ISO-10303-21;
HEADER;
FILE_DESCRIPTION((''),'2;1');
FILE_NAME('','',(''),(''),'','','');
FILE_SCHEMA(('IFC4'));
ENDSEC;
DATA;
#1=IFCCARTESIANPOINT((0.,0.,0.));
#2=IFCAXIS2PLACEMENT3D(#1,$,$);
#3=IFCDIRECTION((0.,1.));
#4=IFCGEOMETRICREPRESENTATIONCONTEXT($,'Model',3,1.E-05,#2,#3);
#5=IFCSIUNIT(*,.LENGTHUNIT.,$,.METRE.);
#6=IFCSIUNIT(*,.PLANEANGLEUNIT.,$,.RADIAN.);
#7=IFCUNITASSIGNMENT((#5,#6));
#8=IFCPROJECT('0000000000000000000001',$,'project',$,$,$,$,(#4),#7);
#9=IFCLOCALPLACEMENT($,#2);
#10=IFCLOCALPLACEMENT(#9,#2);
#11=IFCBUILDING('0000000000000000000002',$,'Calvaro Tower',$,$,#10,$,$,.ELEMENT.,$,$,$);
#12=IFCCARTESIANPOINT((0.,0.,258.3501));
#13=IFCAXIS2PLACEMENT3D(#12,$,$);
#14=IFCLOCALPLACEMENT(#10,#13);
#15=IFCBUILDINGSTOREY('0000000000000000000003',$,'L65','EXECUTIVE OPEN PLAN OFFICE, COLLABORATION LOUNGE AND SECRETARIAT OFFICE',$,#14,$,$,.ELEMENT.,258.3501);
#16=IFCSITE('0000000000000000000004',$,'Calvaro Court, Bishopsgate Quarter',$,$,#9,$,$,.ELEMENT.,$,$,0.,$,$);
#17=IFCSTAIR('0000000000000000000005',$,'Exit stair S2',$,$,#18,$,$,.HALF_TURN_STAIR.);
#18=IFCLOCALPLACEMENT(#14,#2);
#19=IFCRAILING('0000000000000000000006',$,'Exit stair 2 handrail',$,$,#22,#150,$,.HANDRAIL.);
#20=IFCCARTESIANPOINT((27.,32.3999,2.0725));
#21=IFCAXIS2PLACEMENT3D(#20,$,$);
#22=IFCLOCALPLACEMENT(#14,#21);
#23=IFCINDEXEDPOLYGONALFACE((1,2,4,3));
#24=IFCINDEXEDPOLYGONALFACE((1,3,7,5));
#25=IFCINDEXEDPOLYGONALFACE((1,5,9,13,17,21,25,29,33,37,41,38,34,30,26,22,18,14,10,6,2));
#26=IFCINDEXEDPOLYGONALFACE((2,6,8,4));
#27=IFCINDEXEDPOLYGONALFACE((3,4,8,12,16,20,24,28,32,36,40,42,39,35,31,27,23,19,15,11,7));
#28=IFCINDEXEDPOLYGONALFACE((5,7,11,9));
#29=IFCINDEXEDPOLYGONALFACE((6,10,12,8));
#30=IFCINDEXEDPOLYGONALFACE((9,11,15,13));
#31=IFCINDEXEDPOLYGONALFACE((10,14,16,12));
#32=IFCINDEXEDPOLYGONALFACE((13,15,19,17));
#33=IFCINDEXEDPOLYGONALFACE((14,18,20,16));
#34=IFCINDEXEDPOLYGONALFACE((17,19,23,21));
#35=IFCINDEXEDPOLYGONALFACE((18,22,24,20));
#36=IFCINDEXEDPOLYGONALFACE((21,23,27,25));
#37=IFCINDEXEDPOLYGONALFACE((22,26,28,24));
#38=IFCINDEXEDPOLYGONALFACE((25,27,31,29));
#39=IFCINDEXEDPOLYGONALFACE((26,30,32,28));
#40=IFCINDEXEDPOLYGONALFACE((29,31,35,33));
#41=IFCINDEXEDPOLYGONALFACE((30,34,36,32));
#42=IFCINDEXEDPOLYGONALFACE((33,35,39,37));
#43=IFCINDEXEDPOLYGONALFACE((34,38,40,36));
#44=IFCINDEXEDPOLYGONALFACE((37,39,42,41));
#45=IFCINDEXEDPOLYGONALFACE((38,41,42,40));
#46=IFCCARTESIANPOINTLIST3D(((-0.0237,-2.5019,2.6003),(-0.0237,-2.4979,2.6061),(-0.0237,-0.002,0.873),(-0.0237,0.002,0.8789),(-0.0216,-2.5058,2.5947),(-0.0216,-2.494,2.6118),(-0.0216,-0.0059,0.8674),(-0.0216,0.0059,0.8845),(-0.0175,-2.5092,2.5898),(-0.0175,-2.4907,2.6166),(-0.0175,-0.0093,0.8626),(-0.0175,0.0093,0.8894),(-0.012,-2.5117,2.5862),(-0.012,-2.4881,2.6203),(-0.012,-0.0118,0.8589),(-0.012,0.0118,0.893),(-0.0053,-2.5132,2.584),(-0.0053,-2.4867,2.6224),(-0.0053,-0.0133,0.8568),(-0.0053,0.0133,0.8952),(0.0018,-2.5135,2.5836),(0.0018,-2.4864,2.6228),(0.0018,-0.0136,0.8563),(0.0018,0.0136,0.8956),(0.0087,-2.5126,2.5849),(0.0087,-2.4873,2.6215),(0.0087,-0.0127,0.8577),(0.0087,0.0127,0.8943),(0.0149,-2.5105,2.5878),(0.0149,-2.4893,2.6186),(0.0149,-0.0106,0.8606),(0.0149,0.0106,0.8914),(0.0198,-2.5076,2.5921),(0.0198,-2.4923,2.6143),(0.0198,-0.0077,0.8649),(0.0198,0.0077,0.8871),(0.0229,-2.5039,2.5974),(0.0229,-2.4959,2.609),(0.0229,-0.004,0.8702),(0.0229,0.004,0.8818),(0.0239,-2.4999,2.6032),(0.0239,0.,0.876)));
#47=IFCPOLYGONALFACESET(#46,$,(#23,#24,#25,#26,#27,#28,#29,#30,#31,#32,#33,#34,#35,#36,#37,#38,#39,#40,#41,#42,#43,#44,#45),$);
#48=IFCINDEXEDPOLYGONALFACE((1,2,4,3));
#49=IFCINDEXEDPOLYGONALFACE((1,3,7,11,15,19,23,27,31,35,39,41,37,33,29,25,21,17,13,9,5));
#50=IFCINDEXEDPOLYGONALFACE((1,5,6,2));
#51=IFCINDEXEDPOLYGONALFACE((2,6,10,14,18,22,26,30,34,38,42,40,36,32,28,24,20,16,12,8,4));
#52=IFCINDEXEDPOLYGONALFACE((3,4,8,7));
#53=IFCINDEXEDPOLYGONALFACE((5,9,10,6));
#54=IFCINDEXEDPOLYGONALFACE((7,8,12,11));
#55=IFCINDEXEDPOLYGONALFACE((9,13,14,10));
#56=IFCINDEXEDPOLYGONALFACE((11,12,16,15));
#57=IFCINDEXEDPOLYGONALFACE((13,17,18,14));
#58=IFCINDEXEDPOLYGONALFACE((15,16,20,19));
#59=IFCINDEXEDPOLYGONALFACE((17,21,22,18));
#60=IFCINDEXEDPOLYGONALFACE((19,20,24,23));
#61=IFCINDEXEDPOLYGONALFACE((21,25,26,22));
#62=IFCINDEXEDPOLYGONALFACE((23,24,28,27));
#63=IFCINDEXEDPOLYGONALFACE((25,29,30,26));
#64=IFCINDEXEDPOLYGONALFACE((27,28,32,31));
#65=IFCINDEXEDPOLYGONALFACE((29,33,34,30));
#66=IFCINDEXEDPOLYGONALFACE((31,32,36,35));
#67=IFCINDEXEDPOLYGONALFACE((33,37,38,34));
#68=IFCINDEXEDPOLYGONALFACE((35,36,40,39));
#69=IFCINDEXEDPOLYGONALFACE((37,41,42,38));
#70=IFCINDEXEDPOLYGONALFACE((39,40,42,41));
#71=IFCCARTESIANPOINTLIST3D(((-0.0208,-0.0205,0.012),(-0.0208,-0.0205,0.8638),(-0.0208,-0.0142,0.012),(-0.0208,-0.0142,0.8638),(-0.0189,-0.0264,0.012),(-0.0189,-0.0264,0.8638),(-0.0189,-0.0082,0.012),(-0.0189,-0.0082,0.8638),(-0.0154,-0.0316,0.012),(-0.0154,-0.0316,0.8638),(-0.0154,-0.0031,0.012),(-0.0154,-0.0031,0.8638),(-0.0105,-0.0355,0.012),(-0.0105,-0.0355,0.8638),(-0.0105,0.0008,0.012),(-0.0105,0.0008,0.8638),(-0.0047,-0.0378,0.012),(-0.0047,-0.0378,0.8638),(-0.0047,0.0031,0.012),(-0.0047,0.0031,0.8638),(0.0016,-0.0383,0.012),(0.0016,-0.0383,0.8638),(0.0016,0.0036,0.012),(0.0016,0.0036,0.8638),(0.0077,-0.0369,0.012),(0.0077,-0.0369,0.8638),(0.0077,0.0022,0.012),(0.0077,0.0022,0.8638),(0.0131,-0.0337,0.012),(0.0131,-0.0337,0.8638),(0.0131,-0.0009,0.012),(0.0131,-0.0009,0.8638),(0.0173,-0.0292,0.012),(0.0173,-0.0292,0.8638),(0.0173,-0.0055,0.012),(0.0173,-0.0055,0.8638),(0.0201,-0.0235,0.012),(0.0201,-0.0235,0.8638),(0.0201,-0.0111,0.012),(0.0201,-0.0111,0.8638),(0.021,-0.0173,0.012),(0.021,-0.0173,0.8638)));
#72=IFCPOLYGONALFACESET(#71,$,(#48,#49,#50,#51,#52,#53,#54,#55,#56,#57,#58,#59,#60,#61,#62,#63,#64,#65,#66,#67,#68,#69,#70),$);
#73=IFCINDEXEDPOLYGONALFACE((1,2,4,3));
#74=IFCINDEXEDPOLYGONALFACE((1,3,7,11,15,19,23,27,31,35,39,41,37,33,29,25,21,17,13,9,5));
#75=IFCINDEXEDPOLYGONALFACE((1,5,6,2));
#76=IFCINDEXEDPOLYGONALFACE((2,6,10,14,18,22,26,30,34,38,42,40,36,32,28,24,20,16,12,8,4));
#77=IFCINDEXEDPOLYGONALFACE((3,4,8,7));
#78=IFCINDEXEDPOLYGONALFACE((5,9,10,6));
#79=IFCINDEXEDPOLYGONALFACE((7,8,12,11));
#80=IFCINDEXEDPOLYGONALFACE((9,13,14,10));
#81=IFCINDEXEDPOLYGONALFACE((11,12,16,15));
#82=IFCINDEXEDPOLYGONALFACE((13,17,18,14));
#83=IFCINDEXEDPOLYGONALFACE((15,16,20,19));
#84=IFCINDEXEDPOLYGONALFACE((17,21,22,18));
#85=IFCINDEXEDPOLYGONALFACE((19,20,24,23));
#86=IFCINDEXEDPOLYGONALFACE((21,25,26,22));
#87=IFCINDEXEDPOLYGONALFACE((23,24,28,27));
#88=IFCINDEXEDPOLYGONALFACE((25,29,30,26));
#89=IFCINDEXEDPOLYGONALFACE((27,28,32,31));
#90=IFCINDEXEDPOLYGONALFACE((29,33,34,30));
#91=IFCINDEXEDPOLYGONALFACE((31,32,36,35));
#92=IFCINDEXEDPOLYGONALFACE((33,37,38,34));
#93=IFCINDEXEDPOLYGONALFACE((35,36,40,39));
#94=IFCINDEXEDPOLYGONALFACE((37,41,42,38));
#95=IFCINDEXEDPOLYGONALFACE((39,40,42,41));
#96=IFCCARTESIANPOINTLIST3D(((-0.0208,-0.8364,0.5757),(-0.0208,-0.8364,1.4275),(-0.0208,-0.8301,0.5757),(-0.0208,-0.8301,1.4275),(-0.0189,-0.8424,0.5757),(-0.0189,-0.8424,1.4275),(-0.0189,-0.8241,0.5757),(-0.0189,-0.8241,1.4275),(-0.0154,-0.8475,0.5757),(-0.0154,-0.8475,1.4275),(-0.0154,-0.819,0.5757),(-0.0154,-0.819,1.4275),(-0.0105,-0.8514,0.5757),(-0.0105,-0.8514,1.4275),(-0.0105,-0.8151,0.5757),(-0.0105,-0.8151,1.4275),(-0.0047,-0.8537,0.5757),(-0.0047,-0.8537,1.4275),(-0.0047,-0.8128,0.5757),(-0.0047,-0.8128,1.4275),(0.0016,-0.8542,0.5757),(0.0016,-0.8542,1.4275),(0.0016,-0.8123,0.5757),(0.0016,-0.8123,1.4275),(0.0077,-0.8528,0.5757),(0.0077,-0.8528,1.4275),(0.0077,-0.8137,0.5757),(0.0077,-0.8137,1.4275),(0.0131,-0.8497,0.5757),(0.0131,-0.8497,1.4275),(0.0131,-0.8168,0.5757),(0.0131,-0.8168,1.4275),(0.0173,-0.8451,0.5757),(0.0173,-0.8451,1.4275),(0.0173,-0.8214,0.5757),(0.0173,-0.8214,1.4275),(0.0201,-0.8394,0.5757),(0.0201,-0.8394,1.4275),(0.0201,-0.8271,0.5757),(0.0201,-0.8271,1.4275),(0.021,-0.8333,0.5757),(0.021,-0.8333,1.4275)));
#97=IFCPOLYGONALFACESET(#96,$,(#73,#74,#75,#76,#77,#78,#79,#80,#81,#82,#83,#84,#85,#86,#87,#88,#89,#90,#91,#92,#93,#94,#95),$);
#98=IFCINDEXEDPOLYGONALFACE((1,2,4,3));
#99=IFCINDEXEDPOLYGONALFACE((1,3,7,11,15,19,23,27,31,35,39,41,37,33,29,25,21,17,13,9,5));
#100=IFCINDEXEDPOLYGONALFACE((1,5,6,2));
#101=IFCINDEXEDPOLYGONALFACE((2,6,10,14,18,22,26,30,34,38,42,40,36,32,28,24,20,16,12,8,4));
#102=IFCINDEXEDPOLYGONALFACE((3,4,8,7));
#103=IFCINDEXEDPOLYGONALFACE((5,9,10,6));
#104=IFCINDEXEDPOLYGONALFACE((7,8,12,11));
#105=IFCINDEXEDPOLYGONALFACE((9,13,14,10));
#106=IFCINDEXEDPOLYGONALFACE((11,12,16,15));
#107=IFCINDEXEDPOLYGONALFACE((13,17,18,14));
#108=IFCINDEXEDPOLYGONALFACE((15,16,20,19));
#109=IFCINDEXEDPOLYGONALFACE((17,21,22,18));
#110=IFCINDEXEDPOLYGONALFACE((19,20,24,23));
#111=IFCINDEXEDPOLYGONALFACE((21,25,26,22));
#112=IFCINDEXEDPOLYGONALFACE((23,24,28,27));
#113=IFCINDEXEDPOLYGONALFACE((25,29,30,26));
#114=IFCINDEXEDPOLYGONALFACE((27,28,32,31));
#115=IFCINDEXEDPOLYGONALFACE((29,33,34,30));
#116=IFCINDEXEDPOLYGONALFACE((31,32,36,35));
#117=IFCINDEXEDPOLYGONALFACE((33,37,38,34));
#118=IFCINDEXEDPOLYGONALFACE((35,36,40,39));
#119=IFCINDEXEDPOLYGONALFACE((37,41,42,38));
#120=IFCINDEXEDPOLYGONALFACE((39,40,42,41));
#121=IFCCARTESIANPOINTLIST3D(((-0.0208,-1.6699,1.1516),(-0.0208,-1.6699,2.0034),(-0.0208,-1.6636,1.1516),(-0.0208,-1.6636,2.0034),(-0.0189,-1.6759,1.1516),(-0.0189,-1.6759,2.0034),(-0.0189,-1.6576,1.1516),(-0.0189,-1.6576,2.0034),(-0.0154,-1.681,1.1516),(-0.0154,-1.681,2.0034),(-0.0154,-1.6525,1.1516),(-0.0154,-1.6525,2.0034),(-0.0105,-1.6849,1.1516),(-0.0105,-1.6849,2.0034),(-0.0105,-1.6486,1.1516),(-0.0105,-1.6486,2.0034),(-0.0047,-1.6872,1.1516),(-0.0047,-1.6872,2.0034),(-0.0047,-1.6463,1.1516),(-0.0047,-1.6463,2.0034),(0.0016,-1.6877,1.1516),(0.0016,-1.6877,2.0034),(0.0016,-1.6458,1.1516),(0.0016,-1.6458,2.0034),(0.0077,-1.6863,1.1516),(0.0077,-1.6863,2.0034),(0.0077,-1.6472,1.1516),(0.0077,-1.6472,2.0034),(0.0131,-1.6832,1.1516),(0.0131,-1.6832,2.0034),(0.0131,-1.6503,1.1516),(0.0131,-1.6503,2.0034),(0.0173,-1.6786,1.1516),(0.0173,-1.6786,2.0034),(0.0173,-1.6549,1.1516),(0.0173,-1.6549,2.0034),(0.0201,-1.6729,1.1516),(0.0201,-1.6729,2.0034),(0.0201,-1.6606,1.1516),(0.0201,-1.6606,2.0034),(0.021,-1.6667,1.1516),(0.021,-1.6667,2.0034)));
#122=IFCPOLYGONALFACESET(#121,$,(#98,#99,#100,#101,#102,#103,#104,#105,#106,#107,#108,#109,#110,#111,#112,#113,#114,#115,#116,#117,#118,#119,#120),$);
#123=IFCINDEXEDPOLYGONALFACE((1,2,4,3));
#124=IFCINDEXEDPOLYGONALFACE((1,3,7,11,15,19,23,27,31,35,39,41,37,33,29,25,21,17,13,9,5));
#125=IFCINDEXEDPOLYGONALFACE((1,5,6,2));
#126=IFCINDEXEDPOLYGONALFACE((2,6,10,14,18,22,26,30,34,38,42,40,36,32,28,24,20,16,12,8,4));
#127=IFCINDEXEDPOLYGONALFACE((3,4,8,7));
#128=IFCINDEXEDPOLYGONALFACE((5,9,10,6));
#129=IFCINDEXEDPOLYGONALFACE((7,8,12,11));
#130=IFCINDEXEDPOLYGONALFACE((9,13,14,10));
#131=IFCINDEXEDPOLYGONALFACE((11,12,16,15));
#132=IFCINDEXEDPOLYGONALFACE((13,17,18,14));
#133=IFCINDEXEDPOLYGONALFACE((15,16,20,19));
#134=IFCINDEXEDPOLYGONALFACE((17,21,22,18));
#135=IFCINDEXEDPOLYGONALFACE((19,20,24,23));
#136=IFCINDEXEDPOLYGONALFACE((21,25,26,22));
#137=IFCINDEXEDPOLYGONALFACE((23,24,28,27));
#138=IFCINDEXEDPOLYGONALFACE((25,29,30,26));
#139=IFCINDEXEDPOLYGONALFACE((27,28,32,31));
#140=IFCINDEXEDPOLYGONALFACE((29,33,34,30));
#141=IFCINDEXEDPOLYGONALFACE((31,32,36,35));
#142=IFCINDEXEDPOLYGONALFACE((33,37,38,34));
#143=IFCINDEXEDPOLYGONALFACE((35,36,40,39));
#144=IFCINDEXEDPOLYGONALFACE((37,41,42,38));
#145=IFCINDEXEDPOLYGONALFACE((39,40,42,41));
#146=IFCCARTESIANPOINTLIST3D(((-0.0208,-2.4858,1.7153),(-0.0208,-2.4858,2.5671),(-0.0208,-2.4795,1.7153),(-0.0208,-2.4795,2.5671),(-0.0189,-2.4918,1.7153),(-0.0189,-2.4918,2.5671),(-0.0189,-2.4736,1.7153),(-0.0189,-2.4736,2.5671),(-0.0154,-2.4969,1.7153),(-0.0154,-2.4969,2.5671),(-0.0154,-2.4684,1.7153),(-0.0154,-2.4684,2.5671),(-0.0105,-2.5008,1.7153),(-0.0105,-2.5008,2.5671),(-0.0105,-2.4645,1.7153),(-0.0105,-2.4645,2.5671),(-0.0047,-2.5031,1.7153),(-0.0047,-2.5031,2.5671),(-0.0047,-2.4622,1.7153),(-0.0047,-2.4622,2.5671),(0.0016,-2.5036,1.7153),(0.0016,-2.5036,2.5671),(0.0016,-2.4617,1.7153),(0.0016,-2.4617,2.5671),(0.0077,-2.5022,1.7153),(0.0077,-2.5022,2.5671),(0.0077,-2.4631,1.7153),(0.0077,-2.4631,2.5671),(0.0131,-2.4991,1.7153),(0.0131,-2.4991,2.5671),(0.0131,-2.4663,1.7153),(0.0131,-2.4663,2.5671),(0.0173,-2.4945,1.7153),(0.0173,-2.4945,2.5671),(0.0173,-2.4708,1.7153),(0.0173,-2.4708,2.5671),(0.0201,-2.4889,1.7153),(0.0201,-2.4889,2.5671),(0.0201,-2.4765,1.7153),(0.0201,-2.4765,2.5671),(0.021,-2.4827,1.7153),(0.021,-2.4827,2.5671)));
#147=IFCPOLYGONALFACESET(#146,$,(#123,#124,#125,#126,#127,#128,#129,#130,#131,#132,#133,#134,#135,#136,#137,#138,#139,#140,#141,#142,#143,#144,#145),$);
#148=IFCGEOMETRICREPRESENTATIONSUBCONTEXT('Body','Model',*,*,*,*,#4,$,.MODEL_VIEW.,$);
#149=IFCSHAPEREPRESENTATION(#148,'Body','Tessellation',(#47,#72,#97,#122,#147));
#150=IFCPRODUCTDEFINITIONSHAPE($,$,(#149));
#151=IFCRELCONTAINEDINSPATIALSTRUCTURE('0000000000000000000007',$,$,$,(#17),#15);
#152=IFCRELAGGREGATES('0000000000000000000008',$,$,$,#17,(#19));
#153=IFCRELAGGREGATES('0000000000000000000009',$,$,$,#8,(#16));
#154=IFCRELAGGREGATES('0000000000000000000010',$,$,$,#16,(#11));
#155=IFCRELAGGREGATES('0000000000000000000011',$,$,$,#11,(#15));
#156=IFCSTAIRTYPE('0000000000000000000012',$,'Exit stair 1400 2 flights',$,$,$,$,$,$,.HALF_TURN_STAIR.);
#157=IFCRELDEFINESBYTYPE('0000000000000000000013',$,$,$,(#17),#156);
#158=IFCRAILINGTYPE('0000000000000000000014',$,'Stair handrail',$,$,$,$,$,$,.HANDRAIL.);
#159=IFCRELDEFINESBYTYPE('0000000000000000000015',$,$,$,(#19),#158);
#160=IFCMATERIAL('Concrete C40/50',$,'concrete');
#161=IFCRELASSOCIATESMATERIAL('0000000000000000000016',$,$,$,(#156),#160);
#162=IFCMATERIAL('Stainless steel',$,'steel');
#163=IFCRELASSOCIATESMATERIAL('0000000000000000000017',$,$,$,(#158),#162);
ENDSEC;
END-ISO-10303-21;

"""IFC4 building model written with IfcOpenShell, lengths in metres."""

from ifc_helpers import new_model, si_unit, direction, frame, origin, origin_2d, place, context, subcontext, project, spatial, circle, extrude, material, type_object, element, aggregate, save


model = new_model("IFC4")

# Units and contexts
model_context = context("Model", 3, precision=1e-05, world=origin(), true_north=direction((0.0, 1.0)))
body_context = subcontext(model_context, "Body", "Model", "MODEL_VIEW")
ifc_project = project(units=[si_unit("LENGTHUNIT", "METRE"), si_unit("PLANEANGLEUNIT", "RADIAN")], contexts=[model_context])

# Site, building, storey
site_placement = place(None, origin())
site = spatial("IfcSite", under=ifc_project, at=site_placement, Name="Calvaro Court, Bishopsgate Quarter", CompositionType="ELEMENT", RefElevation=0.0)
building_placement = place(site_placement, origin())
building = spatial("IfcBuilding", under=site, at=building_placement, Name="Calvaro Tower", CompositionType="ELEMENT")
storey_placement = place(building_placement, frame((0.0, 0.0, 258.3501)))
storey = spatial("IfcBuildingStorey", under=building, at=storey_placement, Name="L65", Description="EXECUTIVE OPEN PLAN OFFICE, COLLABORATION LOUNGE AND SECRETARIAT OFFICE", CompositionType="ELEMENT", Elevation=258.3501)

# Stair, railing
ifc_material_1 = material(Name="Concrete C40/50", Category="concrete")
stair_type = type_object("IfcStairType", Name="Exit stair 1400 2 flights", PredefinedType="HALF_TURN_STAIR", material=ifc_material_1)
stair_placement = place(storey_placement, origin())
stair = element("IfcStair", 1, at=stair_placement, inside=storey, type_object=stair_type, Name="Exit stair S2", PredefinedType="HALF_TURN_STAIR")
ifc_material_2 = material(Name="Stainless steel", Category="steel")
railing_type = type_object("IfcRailingType", Name="Stair handrail", PredefinedType="HANDRAIL", material=ifc_material_2)
railing_1_placement = place(storey_placement, frame((27.0, 32.3999, 2.0725)))
railing_1 = element("IfcRailing", 2, at=railing_1_placement, type_object=railing_type, Name="Exit stair 2 handrail", PredefinedType="HANDRAIL", context=body_context, shape_type="SweptSolid", body=[
    extrude(circle(Radius=0.0239, at=origin_2d()), frame((0.0, 0.0, 0.876), z_axis=(0.0, -0.822727, 0.568437), x_axis=(1.0, 0.0, 0.0)), (0.0, 0.0, 1.0), 3.0386),
    extrude(circle(Radius=0.021, at=origin_2d()), frame((0.0, -0.0173, 0.012)), (0.0, 0.0, 1.0), 0.8518),
    extrude(circle(Radius=0.021, at=origin_2d()), frame((0.0, -0.8333, 0.5757)), (0.0, 0.0, 1.0), 0.8518),
    extrude(circle(Radius=0.021, at=origin_2d()), frame((0.0, -1.6667, 1.1516)), (0.0, 0.0, 1.0), 0.8518),
    extrude(circle(Radius=0.021, at=origin_2d()), frame((0.0, -2.4827, 1.7153)), (0.0, 0.0, 1.0), 0.8518),
])
aggregate(stair, [railing_1])

save(model, "model.ifc")
